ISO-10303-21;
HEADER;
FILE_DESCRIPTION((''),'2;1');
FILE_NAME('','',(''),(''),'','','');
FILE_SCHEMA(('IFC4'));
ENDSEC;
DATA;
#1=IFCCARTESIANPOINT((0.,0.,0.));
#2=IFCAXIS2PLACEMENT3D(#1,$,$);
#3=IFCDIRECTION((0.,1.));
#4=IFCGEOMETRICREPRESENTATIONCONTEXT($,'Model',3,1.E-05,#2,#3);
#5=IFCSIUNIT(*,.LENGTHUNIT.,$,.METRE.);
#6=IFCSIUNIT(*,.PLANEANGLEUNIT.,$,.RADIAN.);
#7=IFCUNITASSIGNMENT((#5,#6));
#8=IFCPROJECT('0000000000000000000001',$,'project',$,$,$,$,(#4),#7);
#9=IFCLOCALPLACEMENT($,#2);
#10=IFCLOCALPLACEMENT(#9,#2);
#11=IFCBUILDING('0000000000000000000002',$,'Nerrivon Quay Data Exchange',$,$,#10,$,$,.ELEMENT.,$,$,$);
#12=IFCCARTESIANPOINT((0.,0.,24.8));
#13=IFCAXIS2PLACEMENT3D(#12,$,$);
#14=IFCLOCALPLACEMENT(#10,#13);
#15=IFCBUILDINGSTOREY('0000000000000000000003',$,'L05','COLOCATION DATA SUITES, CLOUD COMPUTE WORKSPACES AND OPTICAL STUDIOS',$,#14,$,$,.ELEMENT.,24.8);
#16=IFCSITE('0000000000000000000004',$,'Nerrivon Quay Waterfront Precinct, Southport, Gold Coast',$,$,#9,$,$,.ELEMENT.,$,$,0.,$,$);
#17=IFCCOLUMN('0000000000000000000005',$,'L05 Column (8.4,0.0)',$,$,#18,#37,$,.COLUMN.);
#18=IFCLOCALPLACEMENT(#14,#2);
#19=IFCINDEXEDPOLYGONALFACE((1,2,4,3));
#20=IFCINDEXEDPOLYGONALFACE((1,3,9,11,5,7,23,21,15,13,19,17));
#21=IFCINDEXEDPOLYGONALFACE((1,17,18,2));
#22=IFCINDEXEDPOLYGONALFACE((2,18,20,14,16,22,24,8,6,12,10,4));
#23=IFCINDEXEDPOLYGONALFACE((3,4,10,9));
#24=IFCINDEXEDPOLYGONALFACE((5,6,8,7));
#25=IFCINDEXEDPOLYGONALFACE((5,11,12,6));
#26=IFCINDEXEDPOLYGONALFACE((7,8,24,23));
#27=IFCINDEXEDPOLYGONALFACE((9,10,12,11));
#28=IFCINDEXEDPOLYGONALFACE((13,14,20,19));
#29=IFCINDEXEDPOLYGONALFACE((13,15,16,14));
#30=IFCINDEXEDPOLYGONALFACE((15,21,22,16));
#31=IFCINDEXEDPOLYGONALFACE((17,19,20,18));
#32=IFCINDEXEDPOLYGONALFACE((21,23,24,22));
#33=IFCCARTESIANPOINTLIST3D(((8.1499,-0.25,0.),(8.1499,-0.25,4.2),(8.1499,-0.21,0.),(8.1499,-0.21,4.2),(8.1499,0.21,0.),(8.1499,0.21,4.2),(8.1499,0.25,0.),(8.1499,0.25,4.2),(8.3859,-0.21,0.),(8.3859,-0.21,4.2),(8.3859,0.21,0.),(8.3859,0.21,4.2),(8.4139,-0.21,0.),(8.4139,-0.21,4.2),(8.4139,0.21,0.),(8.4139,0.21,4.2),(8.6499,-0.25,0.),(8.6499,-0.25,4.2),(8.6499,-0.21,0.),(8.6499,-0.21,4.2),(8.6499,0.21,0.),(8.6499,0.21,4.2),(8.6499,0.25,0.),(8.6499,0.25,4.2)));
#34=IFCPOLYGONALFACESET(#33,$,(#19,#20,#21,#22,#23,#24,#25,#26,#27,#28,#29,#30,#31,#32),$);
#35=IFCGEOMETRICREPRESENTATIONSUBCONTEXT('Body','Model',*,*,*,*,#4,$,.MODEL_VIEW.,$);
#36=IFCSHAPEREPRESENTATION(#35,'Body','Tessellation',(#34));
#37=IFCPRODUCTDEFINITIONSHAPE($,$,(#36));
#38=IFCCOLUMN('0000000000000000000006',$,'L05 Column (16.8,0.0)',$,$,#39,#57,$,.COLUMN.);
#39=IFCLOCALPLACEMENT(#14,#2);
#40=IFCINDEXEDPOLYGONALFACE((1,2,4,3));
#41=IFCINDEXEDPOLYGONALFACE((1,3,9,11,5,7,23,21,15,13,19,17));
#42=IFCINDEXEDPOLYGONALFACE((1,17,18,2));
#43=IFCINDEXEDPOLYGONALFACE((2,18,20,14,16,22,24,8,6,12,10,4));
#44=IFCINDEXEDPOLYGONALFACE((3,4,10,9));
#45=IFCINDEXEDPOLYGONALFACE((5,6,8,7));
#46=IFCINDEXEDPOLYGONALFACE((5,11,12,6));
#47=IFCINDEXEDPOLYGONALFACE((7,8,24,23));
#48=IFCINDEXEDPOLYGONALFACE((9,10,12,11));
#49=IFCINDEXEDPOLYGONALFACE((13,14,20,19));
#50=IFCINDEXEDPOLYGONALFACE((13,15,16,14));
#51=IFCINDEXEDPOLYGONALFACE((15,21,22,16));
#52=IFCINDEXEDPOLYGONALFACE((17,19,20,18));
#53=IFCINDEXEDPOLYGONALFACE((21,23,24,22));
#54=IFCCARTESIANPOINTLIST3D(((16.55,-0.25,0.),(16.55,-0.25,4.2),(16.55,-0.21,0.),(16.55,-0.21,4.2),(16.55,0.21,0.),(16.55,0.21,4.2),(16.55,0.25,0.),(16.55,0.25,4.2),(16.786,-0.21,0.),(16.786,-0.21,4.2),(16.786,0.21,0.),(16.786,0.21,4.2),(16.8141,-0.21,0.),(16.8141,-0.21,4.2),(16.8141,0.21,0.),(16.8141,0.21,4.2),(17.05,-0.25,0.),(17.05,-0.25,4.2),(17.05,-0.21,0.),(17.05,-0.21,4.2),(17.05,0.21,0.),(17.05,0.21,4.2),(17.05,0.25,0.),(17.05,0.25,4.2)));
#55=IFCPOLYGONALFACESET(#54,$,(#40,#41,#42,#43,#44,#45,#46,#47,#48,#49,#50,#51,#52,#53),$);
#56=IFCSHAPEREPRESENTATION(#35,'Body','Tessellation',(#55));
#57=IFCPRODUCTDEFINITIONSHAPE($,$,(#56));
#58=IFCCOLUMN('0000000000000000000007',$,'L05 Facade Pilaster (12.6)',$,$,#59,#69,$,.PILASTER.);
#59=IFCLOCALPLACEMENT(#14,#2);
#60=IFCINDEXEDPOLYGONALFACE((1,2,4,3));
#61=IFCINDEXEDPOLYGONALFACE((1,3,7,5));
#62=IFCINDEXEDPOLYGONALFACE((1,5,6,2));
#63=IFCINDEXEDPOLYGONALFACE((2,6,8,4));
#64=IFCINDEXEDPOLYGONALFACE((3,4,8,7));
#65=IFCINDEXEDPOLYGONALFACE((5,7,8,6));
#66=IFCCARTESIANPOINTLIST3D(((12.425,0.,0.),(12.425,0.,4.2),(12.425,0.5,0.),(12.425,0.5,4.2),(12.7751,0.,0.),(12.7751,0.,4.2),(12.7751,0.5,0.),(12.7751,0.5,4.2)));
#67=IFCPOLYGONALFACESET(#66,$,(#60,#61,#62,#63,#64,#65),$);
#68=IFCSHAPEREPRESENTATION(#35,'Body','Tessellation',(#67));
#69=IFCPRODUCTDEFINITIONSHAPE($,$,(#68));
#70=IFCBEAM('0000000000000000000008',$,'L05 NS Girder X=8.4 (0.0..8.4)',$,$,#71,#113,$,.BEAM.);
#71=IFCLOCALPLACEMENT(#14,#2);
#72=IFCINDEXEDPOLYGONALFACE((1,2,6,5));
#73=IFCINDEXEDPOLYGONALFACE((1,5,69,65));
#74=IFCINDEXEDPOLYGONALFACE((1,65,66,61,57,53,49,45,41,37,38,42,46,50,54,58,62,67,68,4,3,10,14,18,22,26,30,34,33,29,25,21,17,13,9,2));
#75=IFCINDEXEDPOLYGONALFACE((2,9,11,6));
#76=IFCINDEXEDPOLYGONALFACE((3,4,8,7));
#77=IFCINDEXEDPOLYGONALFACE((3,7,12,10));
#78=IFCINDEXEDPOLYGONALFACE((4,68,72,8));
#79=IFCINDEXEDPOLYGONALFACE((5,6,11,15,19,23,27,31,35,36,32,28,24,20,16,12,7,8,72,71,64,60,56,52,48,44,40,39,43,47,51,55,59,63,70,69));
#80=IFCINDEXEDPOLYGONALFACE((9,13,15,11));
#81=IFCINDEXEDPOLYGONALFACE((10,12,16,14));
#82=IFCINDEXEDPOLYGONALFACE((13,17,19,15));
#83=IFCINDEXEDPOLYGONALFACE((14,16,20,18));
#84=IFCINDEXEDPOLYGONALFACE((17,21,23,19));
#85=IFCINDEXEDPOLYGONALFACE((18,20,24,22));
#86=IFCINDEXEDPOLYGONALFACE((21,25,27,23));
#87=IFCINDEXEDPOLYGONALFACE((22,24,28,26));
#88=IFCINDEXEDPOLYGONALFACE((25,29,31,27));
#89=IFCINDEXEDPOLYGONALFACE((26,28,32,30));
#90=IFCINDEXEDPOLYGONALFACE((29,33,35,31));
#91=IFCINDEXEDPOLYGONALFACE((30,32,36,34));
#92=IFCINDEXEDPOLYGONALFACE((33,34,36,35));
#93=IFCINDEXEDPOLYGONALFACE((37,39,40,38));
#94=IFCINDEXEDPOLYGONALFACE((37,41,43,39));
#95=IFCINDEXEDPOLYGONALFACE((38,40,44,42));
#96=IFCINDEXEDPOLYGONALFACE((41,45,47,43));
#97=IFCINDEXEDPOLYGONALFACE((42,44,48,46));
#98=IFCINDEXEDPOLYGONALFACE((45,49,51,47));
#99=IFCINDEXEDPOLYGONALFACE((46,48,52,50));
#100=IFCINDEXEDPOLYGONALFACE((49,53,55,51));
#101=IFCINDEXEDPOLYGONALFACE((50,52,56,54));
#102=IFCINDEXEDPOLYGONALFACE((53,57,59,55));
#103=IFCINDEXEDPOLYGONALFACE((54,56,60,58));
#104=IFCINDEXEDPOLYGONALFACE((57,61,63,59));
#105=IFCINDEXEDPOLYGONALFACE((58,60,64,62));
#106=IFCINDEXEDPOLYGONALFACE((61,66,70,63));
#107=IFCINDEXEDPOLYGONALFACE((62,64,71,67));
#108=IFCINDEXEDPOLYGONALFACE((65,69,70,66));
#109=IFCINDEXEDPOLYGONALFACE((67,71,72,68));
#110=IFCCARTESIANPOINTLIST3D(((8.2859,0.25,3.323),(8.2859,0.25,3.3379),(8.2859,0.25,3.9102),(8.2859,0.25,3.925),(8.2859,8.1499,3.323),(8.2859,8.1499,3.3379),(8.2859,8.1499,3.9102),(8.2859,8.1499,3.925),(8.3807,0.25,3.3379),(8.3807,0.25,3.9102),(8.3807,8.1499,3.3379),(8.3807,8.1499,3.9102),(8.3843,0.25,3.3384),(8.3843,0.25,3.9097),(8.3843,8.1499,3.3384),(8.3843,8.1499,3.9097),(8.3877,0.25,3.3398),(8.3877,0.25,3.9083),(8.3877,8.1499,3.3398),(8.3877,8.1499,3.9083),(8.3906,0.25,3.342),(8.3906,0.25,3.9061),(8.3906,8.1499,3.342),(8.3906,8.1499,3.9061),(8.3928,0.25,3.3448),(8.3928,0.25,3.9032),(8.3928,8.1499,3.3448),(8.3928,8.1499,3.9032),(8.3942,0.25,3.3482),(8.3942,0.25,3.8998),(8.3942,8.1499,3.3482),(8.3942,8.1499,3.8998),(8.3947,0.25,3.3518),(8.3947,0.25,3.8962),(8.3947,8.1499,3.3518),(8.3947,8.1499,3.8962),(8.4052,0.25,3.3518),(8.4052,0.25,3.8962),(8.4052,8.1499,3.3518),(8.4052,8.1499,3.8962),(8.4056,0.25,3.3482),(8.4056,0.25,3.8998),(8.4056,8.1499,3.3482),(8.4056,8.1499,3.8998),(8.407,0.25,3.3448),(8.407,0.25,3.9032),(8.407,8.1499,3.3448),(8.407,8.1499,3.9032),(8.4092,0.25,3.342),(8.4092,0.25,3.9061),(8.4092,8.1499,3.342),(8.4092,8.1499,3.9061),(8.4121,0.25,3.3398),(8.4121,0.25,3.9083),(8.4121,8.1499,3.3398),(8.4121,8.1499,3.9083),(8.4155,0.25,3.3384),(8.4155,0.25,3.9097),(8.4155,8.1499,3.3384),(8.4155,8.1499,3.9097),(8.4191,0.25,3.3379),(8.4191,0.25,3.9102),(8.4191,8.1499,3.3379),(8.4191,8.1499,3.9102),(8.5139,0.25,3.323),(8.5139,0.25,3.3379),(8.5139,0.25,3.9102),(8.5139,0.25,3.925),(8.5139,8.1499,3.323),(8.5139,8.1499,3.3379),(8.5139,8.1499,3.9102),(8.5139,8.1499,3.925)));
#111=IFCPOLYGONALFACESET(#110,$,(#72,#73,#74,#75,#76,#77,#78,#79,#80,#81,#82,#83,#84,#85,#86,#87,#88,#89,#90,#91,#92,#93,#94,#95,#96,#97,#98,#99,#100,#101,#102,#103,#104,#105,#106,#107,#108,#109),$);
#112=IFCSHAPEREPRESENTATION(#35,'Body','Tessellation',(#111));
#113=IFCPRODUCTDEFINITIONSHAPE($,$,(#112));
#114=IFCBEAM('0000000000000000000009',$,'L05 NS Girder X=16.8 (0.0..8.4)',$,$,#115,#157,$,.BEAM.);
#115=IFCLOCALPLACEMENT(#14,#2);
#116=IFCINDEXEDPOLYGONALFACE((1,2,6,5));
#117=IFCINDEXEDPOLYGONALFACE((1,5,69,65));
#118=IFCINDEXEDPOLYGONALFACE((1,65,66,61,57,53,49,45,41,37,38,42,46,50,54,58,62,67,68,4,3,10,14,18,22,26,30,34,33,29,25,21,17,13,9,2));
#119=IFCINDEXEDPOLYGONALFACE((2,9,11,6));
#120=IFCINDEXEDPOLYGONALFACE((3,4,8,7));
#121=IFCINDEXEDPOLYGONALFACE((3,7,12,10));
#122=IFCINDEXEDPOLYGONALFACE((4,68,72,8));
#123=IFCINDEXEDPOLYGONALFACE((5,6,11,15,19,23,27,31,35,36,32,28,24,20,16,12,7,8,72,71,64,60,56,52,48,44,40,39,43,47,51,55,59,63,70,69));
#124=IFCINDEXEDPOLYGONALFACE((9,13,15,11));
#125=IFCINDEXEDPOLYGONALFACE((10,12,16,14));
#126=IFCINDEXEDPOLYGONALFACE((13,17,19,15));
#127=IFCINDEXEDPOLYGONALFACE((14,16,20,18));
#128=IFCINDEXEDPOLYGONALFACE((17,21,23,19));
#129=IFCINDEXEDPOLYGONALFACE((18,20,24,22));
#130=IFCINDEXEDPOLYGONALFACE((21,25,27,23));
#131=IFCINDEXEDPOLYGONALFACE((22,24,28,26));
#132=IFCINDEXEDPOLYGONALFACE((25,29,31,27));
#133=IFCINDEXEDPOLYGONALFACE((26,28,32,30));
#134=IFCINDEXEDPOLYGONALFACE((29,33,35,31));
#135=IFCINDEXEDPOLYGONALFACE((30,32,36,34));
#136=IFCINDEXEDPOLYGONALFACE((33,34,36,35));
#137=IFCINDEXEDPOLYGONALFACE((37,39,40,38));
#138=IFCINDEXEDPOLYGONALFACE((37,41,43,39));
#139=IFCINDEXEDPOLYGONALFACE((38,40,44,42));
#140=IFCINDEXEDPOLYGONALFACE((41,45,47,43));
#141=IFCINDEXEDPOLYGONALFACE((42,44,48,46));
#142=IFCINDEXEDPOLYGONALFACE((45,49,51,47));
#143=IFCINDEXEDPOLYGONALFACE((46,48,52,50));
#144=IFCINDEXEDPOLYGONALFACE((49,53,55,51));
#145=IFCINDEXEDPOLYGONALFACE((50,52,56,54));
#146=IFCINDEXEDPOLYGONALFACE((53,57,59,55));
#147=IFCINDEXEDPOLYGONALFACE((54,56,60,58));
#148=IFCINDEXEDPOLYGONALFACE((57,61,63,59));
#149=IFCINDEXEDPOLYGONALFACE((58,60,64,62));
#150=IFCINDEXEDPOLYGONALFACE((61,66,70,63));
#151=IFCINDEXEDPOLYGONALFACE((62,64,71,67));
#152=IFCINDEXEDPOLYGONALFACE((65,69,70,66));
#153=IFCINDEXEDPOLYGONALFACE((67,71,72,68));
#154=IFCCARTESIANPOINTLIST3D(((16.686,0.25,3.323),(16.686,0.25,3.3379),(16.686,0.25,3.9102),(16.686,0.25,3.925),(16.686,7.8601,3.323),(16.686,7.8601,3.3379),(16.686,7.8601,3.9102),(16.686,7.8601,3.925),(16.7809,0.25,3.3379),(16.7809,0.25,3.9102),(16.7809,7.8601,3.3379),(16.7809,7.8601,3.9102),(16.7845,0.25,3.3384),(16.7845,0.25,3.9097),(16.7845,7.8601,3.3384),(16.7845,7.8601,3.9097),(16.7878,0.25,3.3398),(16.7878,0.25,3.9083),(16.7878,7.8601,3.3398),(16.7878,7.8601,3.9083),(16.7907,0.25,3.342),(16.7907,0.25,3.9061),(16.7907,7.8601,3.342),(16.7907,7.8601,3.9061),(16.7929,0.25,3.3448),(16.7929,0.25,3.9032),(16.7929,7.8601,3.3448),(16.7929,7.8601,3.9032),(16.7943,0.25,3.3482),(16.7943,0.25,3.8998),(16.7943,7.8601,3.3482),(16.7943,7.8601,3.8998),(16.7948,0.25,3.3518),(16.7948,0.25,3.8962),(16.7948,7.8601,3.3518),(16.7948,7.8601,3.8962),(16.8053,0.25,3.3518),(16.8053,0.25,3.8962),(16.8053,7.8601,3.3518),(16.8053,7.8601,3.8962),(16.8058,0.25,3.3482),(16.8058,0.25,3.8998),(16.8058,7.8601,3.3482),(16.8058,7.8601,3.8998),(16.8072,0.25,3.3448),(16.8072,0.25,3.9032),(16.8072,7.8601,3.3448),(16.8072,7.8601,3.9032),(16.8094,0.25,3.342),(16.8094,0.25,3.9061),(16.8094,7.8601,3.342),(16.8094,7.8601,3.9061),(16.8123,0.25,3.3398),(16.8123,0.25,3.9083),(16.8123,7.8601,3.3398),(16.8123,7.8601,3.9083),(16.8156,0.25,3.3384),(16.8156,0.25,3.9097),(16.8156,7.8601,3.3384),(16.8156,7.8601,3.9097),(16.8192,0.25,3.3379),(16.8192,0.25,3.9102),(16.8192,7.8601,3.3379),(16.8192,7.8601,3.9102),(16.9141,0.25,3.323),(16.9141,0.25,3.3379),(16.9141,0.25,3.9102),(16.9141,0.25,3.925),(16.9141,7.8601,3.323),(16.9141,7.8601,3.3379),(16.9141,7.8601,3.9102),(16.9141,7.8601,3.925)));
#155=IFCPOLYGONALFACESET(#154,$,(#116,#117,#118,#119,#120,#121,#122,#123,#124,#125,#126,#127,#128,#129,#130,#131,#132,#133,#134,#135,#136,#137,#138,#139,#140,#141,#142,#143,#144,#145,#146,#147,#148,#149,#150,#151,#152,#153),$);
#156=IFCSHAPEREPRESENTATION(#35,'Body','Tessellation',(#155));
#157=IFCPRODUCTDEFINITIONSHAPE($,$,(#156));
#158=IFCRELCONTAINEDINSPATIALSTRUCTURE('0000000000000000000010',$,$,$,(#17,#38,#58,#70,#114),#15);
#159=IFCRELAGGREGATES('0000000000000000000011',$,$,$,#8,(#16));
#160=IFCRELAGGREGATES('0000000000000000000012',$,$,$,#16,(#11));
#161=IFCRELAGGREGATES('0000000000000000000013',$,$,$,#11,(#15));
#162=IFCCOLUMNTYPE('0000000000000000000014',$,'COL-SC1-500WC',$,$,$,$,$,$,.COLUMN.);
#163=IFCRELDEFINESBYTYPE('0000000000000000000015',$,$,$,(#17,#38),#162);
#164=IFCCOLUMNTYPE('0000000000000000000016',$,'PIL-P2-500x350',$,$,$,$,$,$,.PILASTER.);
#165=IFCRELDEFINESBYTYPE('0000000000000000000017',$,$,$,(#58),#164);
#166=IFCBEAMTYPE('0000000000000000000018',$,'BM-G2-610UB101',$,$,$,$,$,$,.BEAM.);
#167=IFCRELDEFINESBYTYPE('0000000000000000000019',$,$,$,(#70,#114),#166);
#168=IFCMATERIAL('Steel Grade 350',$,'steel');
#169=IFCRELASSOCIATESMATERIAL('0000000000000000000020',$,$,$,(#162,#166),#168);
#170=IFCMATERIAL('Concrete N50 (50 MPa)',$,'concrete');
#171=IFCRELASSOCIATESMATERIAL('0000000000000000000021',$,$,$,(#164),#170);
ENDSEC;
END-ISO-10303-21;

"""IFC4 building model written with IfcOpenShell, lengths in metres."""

from ifc_helpers import new_model, si_unit, direction, frame, origin, origin_2d, place, context, subcontext, project, spatial, rectangle, i_section, extrude, material, material_profile, profile_set, type_object, element, save


model = new_model("IFC4")

# Units and contexts
model_context = context("Model", 3, precision=1e-05, world=origin(), true_north=direction((0.0, 1.0)))
body_context = subcontext(model_context, "Body", "Model", "MODEL_VIEW")
ifc_project = project(units=[si_unit("LENGTHUNIT", "METRE"), si_unit("PLANEANGLEUNIT", "RADIAN")], contexts=[model_context])

# Site, building, storey
site_placement = place(None, origin())
site = spatial("IfcSite", under=ifc_project, at=site_placement, Name="Nerrivon Quay Waterfront Precinct, Southport, Gold Coast", CompositionType="ELEMENT", RefElevation=0.0)
building_placement = place(site_placement, origin())
building = spatial("IfcBuilding", under=site, at=building_placement, Name="Nerrivon Quay Data Exchange", CompositionType="ELEMENT")
storey_placement = place(building_placement, frame((0.0, 0.0, 24.8)))
storey = spatial("IfcBuildingStorey", under=building, at=storey_placement, Name="L05", Description="COLOCATION DATA SUITES, CLOUD COMPUTE WORKSPACES AND OPTICAL STUDIOS", CompositionType="ELEMENT", Elevation=24.8)

# Columns
ifc_material_1 = material(Name="Steel Grade 350", Category="steel")
ifc_material_profile_1 = material_profile(ifc_material_1, i_section(OverallWidth=0.5, OverallDepth=0.5, WebThickness=0.0281, FlangeThickness=0.04, at=origin_2d()), Name="500WC440")
ifc_profile_set_1 = profile_set([ifc_material_profile_1], Name="Steel Grade 350")
column_type_1 = type_object("IfcColumnType", Name="COL-SC1-500WC", PredefinedType="COLUMN", material=ifc_profile_set_1)
for number, where, z_axis, x_axis, name in (
    (1, (8.3999, 0.0, 0.0), (0.0, 0.0, 1.0), (1.0, 0.0, 0.0), "L05 Column (8.4,0.0)"),
    (2, (16.8, 0.0, 0.0), (0.0, 0.0, 1.0), (1.0, 0.0, 0.0), "L05 Column (16.8,0.0)"),
):
    element("IfcColumn", number, at=place(storey_placement, frame(where, z_axis=z_axis, x_axis=x_axis)), inside=storey, type_object=column_type_1, Name=name, PredefinedType="COLUMN", context=body_context, shape_type="SweptSolid", body=[
        extrude(i_section(OverallWidth=0.5, OverallDepth=0.5, WebThickness=0.0281, FlangeThickness=0.04, at=origin_2d()), origin(), (0.0, 0.0, 1.0), 4.2),
    ])
ifc_material_2 = material(Name="Concrete N50 (50 MPa)", Category="concrete")
ifc_material_profile_2 = material_profile(ifc_material_2, rectangle(XDim=0.3501, YDim=0.5, at=origin_2d()), Name="RC-PIL-500x350")
ifc_profile_set_2 = profile_set([ifc_material_profile_2], Name="Concrete N50 (50 MPa)")
column_type_2 = type_object("IfcColumnType", Name="PIL-P2-500x350", PredefinedType="PILASTER", material=ifc_profile_set_2)
column_placement = place(storey_placement, frame((12.6001, 0.25, 0.0), z_axis=(0.0, 0.0, 1.0), x_axis=(1.0, 0.0, 0.0)))
element("IfcColumn", 3, at=column_placement, inside=storey, type_object=column_type_2, Name="L05 Facade Pilaster (12.6)", PredefinedType="PILASTER", context=body_context, shape_type="SweptSolid", body=[
    extrude(rectangle(XDim=0.3501, YDim=0.5, at=origin_2d()), origin(), (0.0, 0.0, 1.0), 4.2),
])

# Beams
ifc_material_profile_3 = material_profile(ifc_material_1, i_section(OverallWidth=0.228, OverallDepth=0.6021, WebThickness=0.0105, FlangeThickness=0.0149, FilletRadius=0.0139, at=origin_2d()), Name="610UB101")
ifc_profile_set_3 = profile_set([ifc_material_profile_3], Name="Steel Grade 350")
beam_type_1 = type_object("IfcBeamType", Name="BM-G2-610UB101", PredefinedType="BEAM", material=ifc_profile_set_3)
beam_1_placement = place(storey_placement, frame((8.3999, 0.25, 3.624), z_axis=(0.0, 1.0, 0.0), x_axis=(-1.0, 0.0, 0.0)))
element("IfcBeam", 4, at=beam_1_placement, inside=storey, type_object=beam_type_1, Name="L05 NS Girder X=8.4 (0.0..8.4)", PredefinedType="BEAM", context=body_context, shape_type="SweptSolid", body=[
    extrude(i_section(OverallWidth=0.228, OverallDepth=0.6021, WebThickness=0.0105, FlangeThickness=0.0149, FilletRadius=0.0139, at=origin_2d()), origin(), (0.0, 0.0, 1.0), 7.8999),
])
beam_2_placement = place(storey_placement, frame((16.8, 0.25, 3.624), z_axis=(0.0, 1.0, 0.0), x_axis=(-1.0, 0.0, 0.0)))
element("IfcBeam", 5, at=beam_2_placement, inside=storey, type_object=beam_type_1, Name="L05 NS Girder X=16.8 (0.0..8.4)", PredefinedType="BEAM", context=body_context, shape_type="SweptSolid", body=[
    extrude(i_section(OverallWidth=0.228, OverallDepth=0.6021, WebThickness=0.0105, FlangeThickness=0.0149, FilletRadius=0.0139, at=origin_2d()), origin(), (0.0, 0.0, 1.0), 7.6101),
])

save(model, "model.ifc")
